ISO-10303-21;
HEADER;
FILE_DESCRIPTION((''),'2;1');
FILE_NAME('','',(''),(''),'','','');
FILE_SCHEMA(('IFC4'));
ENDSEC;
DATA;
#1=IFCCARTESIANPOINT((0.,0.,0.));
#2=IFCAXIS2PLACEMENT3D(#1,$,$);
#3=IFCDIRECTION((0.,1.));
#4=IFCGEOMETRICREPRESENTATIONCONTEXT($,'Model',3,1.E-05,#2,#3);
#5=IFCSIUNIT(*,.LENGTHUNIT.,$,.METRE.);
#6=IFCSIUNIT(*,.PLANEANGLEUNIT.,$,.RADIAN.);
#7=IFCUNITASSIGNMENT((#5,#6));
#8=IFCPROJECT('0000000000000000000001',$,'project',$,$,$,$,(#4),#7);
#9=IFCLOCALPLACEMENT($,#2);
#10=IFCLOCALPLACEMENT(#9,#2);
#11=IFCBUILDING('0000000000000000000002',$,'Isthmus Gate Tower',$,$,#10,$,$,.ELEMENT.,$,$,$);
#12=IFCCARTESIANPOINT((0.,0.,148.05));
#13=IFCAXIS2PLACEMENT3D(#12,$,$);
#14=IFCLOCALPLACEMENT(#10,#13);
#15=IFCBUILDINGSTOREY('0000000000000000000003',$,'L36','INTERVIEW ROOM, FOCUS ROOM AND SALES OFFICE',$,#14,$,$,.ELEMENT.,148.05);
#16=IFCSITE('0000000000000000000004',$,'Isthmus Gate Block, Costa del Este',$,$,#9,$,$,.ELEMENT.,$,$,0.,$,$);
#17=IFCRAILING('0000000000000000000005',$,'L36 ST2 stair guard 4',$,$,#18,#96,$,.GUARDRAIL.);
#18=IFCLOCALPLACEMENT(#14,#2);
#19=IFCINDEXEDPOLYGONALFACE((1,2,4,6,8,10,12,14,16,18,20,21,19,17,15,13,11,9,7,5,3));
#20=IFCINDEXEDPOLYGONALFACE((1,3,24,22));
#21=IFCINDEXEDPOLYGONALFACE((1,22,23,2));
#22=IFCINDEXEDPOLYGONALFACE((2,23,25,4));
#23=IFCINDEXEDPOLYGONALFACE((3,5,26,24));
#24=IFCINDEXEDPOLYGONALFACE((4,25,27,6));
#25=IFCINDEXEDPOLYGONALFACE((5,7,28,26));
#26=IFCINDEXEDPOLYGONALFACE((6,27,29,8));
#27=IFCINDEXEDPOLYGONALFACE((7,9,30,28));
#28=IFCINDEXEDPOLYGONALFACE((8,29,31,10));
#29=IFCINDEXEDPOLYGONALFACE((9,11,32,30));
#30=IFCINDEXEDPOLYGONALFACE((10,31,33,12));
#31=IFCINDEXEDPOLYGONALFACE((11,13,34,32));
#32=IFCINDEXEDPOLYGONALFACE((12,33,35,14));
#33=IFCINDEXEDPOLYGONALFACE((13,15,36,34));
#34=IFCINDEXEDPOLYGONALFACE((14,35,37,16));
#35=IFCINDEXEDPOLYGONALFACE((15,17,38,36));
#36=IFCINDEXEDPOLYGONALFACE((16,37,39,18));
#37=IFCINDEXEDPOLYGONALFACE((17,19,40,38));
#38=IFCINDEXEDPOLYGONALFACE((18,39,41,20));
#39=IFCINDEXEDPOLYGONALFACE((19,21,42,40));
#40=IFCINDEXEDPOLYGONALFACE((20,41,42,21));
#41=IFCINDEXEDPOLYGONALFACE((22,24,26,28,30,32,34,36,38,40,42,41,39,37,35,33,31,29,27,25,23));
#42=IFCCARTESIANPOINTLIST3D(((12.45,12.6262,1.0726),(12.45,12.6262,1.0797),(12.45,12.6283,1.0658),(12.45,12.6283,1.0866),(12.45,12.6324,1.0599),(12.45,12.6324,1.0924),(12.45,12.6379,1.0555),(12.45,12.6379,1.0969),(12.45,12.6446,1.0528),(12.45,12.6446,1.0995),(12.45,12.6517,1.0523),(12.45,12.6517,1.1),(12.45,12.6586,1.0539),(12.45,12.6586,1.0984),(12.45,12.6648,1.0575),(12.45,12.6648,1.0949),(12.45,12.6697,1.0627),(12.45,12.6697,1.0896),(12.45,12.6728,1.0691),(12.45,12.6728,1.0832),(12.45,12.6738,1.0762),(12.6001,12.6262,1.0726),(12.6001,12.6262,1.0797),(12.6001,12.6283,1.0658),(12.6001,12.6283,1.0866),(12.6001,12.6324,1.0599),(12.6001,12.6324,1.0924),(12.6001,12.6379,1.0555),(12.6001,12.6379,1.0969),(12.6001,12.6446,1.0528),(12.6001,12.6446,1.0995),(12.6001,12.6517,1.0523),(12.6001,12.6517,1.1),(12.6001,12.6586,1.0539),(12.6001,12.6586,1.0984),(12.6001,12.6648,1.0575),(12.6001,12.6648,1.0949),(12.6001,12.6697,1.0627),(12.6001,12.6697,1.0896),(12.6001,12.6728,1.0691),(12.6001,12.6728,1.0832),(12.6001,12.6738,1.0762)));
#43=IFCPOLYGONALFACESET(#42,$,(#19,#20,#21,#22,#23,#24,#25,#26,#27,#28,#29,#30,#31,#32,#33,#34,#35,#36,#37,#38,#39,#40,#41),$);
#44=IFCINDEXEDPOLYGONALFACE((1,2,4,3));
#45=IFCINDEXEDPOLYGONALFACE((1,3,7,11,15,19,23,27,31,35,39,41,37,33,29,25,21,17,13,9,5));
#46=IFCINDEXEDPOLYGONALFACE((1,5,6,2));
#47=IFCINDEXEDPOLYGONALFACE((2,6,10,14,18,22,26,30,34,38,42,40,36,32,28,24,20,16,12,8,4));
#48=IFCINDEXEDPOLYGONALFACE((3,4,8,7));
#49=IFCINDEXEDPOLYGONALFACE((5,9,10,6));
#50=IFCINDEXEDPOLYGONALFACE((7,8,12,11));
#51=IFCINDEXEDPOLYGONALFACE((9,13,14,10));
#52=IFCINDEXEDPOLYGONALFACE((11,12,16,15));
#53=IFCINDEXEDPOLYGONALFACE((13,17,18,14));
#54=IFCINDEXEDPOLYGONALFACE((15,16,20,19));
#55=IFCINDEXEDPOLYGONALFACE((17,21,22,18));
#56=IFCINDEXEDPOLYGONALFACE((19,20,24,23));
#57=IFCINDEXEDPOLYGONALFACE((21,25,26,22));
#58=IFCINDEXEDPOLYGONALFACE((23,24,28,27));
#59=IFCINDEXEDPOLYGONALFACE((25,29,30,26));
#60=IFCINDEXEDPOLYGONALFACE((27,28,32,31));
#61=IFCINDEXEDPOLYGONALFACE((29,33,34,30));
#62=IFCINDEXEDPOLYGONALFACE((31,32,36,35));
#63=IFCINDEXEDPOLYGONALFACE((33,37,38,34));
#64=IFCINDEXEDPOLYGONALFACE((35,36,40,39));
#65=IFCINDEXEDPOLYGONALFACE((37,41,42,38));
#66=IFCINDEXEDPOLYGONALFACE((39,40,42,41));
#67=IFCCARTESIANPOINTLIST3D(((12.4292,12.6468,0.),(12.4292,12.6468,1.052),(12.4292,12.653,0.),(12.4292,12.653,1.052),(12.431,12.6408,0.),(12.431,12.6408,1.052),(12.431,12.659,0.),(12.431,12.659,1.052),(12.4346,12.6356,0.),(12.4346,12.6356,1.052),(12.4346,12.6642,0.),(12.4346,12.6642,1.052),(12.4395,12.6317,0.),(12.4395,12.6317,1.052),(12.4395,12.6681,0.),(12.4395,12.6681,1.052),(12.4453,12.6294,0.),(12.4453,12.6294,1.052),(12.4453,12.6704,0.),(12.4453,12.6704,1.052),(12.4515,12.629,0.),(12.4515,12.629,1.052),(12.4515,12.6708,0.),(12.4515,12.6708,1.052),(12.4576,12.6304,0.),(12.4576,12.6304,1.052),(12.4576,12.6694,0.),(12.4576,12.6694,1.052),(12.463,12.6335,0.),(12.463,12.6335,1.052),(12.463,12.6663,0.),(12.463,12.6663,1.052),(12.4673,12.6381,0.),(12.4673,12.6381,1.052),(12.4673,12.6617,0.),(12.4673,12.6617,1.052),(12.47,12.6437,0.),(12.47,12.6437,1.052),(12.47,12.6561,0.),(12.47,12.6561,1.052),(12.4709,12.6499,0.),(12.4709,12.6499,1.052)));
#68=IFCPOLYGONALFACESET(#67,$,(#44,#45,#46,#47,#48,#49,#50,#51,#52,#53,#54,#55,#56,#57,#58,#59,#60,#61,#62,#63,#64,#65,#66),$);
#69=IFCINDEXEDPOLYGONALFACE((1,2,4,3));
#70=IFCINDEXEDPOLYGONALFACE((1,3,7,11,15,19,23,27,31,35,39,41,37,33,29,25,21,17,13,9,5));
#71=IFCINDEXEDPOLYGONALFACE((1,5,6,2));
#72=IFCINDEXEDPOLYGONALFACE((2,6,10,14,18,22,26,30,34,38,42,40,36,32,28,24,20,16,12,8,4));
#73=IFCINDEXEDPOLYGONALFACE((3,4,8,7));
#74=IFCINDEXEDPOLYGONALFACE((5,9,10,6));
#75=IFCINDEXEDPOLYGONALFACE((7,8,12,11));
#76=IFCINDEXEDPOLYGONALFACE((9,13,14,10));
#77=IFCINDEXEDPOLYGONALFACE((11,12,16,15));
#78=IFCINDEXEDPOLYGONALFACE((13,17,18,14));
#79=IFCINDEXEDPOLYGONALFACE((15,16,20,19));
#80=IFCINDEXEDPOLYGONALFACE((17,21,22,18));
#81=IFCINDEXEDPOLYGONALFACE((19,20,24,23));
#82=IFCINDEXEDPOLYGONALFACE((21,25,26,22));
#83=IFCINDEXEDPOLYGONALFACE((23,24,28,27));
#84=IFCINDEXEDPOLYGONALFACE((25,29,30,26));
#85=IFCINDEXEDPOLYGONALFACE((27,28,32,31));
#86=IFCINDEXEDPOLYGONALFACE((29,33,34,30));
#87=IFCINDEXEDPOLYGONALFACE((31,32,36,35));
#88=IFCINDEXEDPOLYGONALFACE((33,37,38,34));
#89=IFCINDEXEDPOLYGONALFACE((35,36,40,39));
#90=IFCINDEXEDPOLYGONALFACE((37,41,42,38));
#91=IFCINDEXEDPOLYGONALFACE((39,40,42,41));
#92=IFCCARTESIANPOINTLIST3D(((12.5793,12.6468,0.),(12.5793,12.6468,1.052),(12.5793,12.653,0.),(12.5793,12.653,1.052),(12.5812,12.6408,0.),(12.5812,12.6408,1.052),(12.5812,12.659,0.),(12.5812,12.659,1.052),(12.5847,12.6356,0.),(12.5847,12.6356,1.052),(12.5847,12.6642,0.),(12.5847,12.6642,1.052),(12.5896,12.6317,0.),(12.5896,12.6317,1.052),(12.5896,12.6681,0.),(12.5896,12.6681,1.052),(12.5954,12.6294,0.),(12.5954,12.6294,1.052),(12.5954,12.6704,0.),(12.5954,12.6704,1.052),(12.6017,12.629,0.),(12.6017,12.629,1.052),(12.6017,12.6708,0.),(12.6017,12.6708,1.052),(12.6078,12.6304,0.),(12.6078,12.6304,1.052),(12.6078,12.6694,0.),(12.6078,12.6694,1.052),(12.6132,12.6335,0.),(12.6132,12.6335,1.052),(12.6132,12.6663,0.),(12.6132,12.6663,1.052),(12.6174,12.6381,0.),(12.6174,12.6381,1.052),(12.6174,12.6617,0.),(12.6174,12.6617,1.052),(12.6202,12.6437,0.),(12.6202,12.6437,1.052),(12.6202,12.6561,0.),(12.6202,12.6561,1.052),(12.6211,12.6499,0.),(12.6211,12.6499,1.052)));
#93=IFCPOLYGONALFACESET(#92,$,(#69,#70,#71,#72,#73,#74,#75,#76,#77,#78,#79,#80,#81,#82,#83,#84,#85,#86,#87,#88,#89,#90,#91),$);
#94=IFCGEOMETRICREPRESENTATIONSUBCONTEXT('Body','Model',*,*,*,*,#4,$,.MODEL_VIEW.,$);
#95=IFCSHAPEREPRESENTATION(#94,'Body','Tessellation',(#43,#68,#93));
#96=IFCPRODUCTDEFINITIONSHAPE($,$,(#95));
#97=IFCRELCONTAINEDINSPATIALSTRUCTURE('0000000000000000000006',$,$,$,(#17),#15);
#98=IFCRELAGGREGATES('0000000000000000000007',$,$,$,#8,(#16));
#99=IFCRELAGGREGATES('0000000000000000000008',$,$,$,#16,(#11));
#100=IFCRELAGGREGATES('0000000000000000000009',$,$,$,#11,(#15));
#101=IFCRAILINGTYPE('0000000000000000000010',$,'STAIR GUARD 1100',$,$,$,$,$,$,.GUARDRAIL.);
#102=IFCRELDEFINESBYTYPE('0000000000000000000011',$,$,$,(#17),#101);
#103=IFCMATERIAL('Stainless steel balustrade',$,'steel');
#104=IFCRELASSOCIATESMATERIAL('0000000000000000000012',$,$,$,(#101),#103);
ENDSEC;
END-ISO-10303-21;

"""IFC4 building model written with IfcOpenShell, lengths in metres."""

from ifc_helpers import new_model, si_unit, direction, frame, origin, origin_2d, place, context, subcontext, project, spatial, circle, extrude, material, type_object, element, save


model = new_model("IFC4")

# Units and contexts
model_context = context("Model", 3, precision=1e-05, world=origin(), true_north=direction((0.0, 1.0)))
body_context = subcontext(model_context, "Body", "Model", "MODEL_VIEW")
ifc_project = project(units=[si_unit("LENGTHUNIT", "METRE"), si_unit("PLANEANGLEUNIT", "RADIAN")], contexts=[model_context])

# Site, building, storey
site_placement = place(None, origin())
site = spatial("IfcSite", under=ifc_project, at=site_placement, Name="Isthmus Gate Block, Costa del Este", CompositionType="ELEMENT", RefElevation=0.0)
building_placement = place(site_placement, origin())
building = spatial("IfcBuilding", under=site, at=building_placement, Name="Isthmus Gate Tower", CompositionType="ELEMENT")
storey_placement = place(building_placement, frame((0.0, 0.0, 148.05)))
storey = spatial("IfcBuildingStorey", under=building, at=storey_placement, Name="L36", Description="INTERVIEW ROOM, FOCUS ROOM AND SALES OFFICE", CompositionType="ELEMENT", Elevation=148.05)

# Railing
ifc_material_1 = material(Name="Stainless steel balustrade", Category="steel")
railing_type_1 = type_object("IfcRailingType", Name="STAIR GUARD 1100", PredefinedType="GUARDRAIL", material=ifc_material_1)
railing_1_placement = place(storey_placement, frame((12.45, 12.6499, 0.0)))
element("IfcRailing", 1, at=railing_1_placement, inside=storey, type_object=railing_type_1, Name="L36 ST2 stair guard 4", PredefinedType="GUARDRAIL", context=body_context, shape_type="SweptSolid", body=[
    extrude(circle(Radius=0.0239, at=origin_2d()), frame((0.0, 0.0, 1.0762), z_axis=(1.0, 0.0, 0.0), x_axis=(0.0, 1.0, 0.0)), (0.0, 0.0, 1.0), 0.1501),
    extrude(circle(Radius=0.021, at=origin_2d()), origin(), (0.0, 0.0, 1.0), 1.052),
    extrude(circle(Radius=0.021, at=origin_2d()), frame((0.1501, 0.0, 0.0)), (0.0, 0.0, 1.0), 1.052),
])

save(model, "model.ifc")
